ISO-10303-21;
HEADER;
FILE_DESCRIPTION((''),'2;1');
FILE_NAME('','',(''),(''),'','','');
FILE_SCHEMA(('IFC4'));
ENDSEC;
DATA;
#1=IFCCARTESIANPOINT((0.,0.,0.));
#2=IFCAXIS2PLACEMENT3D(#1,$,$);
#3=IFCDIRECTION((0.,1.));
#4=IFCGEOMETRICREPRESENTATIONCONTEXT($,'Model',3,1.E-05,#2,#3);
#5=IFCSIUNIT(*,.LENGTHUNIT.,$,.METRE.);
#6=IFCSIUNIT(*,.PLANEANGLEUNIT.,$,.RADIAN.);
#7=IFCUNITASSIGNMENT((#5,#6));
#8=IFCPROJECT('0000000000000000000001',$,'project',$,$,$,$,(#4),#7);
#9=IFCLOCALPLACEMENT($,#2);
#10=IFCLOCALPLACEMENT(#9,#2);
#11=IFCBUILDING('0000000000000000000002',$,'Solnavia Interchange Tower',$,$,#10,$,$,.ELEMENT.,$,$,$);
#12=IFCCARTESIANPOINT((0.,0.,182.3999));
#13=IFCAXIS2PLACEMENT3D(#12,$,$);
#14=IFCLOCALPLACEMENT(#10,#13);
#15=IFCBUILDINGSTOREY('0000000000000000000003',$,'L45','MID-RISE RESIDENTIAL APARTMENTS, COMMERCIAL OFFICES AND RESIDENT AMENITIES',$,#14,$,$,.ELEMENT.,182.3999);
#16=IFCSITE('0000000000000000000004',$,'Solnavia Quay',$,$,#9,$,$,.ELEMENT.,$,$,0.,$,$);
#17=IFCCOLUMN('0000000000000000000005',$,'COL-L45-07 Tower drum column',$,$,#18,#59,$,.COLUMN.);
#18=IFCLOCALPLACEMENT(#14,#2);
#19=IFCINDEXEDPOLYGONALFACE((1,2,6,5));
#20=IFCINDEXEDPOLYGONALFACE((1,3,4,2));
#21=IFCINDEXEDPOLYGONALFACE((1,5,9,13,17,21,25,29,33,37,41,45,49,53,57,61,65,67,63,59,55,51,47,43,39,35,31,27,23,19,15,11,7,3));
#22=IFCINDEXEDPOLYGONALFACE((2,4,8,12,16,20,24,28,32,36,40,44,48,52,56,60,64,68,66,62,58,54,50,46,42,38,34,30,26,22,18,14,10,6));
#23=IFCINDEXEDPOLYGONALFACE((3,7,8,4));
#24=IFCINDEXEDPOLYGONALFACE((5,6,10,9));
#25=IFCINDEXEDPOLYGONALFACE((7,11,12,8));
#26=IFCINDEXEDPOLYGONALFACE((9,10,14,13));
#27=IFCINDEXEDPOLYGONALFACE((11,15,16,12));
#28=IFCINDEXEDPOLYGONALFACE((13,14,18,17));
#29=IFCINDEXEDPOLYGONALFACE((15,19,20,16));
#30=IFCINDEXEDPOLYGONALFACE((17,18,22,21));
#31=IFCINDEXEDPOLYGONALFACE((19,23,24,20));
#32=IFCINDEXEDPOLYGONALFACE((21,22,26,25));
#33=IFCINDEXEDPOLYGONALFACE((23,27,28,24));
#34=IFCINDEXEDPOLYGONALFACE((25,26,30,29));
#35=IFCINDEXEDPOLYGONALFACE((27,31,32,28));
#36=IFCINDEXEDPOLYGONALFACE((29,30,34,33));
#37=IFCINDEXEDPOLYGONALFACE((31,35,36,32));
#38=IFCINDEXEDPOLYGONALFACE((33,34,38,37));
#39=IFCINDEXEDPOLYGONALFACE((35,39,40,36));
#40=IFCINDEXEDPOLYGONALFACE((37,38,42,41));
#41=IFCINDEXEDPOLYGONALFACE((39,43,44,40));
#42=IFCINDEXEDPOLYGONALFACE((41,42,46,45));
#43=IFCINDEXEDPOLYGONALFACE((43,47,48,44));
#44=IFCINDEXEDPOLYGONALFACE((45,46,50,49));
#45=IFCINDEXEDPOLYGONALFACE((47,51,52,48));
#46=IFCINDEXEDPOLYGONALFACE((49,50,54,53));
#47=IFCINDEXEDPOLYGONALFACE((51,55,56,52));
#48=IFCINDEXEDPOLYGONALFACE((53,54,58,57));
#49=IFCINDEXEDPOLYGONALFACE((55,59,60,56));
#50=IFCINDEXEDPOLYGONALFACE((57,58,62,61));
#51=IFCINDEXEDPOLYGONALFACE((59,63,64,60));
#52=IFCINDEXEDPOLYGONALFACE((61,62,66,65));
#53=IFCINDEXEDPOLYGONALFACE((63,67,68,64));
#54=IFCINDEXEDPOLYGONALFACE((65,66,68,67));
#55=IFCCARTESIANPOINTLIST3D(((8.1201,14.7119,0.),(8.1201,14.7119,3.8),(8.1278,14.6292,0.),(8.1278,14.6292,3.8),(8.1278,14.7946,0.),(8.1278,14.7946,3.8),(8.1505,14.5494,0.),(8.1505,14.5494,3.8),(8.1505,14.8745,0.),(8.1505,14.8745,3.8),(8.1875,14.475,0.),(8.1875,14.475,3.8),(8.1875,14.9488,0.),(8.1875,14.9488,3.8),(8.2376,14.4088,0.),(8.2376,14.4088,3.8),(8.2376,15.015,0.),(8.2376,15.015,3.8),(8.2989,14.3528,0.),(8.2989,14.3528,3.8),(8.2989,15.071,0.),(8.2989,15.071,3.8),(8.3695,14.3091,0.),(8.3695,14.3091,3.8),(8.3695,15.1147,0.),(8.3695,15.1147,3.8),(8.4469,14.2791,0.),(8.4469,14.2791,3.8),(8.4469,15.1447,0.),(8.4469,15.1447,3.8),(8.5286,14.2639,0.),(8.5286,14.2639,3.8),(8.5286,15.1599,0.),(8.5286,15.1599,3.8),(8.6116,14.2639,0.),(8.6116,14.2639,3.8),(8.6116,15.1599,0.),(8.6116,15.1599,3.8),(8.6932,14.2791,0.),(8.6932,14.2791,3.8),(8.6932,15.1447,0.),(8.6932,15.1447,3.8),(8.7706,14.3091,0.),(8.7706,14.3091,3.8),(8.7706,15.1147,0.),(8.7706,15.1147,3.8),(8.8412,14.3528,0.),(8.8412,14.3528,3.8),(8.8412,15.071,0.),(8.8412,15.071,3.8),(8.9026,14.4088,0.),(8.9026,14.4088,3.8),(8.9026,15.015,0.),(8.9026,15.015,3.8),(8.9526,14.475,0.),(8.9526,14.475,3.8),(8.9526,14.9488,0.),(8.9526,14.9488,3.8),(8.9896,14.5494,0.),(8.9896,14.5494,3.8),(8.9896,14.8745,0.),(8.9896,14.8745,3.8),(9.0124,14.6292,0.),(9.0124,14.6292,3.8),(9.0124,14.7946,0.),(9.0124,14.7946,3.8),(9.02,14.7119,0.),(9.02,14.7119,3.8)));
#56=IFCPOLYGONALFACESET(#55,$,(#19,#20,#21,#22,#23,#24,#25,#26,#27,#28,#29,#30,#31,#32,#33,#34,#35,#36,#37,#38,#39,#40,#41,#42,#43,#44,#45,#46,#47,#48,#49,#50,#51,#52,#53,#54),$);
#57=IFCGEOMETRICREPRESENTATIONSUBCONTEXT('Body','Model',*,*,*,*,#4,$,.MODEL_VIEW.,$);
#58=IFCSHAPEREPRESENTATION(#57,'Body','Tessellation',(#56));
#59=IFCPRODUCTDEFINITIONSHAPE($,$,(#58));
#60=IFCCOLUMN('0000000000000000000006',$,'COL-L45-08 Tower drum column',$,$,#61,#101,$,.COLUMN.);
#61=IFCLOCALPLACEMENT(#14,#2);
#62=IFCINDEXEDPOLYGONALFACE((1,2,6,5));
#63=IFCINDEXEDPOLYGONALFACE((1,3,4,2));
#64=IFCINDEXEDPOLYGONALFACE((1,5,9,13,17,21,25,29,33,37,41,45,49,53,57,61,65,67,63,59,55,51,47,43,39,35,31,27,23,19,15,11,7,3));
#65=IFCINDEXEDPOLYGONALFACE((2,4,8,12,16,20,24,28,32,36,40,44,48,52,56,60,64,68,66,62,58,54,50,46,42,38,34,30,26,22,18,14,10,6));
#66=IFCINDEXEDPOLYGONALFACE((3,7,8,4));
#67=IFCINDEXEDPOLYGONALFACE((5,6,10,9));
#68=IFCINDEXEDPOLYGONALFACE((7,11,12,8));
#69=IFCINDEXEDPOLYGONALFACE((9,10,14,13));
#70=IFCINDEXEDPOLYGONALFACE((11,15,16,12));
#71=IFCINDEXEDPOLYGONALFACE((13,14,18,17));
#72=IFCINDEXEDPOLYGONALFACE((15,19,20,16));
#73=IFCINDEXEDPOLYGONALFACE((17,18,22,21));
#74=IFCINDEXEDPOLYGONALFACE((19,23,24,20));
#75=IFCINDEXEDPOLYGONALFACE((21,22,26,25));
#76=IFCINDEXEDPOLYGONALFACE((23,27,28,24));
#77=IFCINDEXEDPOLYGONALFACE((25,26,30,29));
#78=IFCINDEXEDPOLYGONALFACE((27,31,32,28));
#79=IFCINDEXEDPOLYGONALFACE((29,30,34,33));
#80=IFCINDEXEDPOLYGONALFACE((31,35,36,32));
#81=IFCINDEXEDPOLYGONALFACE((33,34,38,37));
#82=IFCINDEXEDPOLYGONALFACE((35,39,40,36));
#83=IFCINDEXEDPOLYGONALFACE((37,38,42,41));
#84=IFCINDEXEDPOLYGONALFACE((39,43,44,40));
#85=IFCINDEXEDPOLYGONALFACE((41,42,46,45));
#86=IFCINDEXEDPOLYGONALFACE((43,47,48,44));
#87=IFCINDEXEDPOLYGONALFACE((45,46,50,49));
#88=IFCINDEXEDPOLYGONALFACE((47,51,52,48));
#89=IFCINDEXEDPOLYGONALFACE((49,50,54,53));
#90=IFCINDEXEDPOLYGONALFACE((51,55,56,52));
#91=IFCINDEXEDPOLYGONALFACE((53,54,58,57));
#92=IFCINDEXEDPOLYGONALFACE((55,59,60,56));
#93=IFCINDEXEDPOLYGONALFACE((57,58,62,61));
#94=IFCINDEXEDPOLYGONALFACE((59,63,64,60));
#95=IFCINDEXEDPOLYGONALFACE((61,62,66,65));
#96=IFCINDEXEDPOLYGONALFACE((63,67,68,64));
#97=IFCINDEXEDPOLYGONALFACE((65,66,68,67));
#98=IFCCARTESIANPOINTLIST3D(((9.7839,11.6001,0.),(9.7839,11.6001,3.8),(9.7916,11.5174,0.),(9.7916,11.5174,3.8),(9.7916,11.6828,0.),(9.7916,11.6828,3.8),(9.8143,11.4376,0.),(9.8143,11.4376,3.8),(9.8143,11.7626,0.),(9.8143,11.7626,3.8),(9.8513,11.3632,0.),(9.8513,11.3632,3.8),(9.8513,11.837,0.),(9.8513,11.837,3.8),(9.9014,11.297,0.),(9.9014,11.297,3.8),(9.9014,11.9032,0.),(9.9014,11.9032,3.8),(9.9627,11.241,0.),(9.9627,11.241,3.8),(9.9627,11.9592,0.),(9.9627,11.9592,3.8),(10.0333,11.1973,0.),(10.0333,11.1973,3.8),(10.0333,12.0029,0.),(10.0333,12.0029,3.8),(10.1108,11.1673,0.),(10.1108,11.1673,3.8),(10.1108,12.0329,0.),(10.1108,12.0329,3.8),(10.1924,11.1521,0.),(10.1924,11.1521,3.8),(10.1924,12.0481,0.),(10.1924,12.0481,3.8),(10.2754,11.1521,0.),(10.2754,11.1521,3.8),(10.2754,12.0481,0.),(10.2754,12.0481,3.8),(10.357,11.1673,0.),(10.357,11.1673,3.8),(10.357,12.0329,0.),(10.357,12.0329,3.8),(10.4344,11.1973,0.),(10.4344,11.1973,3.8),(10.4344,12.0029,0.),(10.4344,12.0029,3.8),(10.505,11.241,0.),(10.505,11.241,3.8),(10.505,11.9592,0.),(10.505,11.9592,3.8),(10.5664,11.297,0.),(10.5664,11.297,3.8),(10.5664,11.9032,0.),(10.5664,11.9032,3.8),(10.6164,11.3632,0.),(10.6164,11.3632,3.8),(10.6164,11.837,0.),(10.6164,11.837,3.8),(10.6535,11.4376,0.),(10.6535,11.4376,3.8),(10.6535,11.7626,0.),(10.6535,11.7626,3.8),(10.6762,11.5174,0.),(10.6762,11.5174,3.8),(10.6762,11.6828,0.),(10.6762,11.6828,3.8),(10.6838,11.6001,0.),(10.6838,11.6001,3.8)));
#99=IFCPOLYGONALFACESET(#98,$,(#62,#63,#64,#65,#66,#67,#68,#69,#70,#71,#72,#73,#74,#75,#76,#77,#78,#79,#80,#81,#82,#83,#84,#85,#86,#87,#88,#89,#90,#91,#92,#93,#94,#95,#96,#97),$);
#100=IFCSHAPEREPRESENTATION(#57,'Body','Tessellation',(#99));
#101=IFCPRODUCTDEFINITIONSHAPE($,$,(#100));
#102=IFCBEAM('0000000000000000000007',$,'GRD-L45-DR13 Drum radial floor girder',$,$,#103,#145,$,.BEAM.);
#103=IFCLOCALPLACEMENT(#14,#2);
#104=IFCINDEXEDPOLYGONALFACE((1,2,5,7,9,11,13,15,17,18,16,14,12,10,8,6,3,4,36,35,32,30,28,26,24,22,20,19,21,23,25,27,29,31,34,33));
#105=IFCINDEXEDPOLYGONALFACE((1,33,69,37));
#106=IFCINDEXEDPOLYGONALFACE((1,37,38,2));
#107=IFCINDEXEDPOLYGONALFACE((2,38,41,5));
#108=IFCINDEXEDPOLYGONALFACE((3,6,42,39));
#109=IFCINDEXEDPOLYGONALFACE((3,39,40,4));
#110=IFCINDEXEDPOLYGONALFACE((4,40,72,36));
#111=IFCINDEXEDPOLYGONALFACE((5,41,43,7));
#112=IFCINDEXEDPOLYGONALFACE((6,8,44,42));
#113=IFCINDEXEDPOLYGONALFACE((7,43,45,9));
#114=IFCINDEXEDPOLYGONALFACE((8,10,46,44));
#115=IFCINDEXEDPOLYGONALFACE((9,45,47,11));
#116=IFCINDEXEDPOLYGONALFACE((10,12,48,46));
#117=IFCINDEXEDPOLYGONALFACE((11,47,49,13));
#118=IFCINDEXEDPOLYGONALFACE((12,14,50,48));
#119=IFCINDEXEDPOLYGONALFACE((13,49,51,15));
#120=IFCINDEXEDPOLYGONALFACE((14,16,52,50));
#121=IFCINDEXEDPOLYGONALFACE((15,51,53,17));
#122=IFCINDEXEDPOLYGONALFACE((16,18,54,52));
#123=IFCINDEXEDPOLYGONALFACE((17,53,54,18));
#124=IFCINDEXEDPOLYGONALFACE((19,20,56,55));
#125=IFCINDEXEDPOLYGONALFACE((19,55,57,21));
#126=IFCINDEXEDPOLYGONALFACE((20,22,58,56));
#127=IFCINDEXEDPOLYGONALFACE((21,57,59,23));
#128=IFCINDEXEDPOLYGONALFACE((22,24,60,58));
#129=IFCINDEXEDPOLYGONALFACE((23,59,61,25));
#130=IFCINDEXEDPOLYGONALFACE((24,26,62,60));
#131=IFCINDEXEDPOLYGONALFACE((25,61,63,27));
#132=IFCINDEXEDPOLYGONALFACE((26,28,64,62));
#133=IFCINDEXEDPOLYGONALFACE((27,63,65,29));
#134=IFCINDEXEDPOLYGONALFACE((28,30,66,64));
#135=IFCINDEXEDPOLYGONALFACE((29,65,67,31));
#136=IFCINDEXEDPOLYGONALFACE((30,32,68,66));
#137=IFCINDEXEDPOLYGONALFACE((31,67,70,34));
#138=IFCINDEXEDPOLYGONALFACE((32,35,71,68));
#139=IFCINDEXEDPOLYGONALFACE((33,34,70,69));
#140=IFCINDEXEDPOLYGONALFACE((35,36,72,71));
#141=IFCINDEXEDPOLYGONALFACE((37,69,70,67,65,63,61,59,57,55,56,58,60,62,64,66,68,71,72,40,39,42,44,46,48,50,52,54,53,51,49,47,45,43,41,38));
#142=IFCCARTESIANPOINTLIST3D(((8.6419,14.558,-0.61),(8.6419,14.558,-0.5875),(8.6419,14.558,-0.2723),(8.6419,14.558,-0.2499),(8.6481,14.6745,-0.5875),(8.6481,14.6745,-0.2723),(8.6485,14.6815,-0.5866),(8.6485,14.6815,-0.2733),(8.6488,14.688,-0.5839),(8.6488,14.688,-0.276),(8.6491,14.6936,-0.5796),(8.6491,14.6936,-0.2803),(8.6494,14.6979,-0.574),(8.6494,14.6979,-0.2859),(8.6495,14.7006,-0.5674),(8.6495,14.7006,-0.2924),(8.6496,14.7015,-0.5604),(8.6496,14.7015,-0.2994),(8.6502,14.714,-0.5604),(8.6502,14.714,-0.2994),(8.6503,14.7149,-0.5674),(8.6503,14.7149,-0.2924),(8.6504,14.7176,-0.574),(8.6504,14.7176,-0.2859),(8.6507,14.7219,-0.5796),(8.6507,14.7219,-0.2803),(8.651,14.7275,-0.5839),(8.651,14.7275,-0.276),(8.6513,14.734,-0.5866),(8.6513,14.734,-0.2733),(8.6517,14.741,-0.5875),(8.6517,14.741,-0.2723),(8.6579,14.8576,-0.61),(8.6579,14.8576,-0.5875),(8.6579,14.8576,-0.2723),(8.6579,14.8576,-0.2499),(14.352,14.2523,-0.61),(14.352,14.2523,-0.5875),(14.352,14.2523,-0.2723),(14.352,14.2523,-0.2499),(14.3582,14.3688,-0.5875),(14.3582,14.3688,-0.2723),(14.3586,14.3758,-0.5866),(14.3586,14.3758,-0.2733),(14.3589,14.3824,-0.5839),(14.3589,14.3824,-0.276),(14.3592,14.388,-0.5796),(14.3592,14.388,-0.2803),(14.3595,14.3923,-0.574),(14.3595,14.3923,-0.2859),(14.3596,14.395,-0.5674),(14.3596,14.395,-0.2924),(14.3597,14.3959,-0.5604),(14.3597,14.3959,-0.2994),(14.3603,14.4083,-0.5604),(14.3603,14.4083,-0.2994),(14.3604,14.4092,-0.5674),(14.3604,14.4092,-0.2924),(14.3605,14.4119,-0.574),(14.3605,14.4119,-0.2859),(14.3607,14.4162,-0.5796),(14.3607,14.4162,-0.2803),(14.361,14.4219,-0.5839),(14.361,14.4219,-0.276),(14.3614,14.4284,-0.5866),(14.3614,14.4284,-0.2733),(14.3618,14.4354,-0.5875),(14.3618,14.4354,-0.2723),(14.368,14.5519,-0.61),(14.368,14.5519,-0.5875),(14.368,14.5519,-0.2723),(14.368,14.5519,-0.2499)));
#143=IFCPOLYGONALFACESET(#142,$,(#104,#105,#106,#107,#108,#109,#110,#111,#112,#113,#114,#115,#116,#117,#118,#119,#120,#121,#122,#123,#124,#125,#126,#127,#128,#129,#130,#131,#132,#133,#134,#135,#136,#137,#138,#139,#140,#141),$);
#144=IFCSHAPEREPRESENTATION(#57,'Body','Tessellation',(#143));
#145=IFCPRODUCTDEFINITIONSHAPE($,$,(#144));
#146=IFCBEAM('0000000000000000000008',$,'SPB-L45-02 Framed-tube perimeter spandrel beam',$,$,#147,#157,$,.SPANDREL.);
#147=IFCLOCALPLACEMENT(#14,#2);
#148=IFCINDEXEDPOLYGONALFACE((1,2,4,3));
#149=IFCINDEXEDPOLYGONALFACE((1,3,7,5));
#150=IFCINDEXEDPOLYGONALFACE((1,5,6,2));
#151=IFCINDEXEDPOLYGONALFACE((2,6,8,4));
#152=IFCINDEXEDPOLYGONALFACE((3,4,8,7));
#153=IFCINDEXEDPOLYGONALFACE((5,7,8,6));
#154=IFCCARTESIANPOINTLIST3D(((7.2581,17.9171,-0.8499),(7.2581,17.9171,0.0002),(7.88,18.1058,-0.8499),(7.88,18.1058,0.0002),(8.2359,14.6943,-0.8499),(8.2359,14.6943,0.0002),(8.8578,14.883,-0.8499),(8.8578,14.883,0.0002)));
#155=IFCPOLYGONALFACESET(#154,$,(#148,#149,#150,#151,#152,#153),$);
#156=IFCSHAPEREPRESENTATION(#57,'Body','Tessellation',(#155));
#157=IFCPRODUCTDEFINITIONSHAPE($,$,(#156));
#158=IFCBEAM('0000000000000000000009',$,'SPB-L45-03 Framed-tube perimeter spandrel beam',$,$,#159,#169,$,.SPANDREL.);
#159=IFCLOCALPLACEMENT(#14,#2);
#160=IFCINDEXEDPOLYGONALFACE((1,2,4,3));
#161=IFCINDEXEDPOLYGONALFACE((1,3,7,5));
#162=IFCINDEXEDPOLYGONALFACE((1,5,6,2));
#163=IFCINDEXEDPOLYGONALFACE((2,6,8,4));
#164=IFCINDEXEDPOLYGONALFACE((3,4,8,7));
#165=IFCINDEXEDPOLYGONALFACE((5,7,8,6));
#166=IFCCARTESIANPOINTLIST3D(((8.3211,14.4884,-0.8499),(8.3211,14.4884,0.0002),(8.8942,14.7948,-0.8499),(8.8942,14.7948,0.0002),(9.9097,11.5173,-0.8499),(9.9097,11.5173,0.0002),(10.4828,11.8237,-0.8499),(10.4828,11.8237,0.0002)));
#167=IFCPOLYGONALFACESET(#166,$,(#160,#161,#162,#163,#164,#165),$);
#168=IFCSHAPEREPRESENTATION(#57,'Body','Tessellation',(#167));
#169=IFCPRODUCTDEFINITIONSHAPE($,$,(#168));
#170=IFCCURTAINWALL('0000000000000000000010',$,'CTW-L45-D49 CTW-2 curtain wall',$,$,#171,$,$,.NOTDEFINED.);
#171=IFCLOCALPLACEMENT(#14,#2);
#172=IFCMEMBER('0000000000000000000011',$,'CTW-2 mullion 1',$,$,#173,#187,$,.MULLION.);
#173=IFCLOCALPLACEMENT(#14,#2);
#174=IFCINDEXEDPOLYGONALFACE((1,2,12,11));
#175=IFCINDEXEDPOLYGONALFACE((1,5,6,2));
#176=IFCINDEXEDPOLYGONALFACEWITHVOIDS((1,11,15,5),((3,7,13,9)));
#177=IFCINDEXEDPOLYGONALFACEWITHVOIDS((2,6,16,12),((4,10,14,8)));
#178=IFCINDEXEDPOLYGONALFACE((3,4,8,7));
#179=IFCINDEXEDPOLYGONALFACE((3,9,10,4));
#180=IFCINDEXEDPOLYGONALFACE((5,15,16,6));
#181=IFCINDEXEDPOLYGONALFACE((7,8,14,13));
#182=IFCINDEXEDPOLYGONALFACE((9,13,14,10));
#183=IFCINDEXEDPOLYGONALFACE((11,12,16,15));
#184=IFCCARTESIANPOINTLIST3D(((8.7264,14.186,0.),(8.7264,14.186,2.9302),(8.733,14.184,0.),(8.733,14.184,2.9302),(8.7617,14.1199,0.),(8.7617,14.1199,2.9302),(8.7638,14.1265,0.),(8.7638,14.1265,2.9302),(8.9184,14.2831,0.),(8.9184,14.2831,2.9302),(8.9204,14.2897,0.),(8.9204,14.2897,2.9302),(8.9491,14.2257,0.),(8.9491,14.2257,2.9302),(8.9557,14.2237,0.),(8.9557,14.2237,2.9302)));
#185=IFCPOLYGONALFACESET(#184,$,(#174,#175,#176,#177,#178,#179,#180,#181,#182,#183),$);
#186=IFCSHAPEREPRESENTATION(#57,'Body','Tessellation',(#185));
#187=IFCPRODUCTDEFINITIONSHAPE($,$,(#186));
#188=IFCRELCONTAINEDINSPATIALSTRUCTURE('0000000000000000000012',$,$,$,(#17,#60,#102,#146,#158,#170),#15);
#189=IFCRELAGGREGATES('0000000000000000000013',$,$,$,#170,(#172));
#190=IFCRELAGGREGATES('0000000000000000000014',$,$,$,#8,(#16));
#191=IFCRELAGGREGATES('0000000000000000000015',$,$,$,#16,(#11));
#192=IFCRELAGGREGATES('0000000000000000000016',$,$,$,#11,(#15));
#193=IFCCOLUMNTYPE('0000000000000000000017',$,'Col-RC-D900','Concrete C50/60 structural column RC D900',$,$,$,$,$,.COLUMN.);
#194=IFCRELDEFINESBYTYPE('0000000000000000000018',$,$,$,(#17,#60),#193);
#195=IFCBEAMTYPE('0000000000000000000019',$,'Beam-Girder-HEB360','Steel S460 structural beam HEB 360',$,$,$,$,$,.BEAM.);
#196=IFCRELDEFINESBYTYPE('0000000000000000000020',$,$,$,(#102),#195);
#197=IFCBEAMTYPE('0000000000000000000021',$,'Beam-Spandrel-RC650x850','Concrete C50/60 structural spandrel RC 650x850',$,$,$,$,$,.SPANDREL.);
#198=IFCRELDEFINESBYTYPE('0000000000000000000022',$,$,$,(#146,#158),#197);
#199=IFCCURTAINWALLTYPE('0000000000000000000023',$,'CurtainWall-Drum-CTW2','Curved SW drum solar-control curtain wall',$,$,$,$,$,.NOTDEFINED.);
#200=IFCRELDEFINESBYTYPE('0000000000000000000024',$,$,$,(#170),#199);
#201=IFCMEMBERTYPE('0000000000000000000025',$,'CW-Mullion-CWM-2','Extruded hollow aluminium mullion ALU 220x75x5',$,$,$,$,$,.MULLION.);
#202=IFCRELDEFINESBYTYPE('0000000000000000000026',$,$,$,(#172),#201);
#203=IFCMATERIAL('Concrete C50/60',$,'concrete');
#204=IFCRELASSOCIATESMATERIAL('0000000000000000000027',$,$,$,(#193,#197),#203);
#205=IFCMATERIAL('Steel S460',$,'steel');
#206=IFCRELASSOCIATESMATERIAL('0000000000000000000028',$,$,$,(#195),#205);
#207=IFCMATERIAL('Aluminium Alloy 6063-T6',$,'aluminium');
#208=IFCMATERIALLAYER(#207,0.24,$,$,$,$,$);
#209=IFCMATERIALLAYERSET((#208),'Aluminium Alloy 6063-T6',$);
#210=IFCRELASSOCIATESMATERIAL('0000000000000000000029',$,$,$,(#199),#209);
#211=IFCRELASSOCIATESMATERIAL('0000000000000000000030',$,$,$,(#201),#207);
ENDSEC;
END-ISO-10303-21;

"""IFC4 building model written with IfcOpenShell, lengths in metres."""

from ifc_helpers import new_model, si_unit, direction, frame, origin, origin_2d, place, context, subcontext, project, spatial, rectangle, hollow_rectangle, circle, i_section, extrude, material, layer, layer_set, material_profile, profile_set, type_object, element, aggregate, save


model = new_model("IFC4")

# Units and contexts
model_context = context("Model", 3, precision=1e-05, world=origin(), true_north=direction((0.0, 1.0)))
body_context = subcontext(model_context, "Body", "Model", "MODEL_VIEW")
ifc_project = project(units=[si_unit("LENGTHUNIT", "METRE"), si_unit("PLANEANGLEUNIT", "RADIAN")], contexts=[model_context])

# Site, building, storey
site_placement = place(None, origin())
site = spatial("IfcSite", under=ifc_project, at=site_placement, Name="Solnavia Quay", CompositionType="ELEMENT", RefElevation=0.0)
building_placement = place(site_placement, origin())
building = spatial("IfcBuilding", under=site, at=building_placement, Name="Solnavia Interchange Tower", CompositionType="ELEMENT")
storey_placement = place(building_placement, frame((0.0, 0.0, 182.3999)))
storey = spatial("IfcBuildingStorey", under=building, at=storey_placement, Name="L45", Description="MID-RISE RESIDENTIAL APARTMENTS, COMMERCIAL OFFICES AND RESIDENT AMENITIES", CompositionType="ELEMENT", Elevation=182.3999)

# Columns
ifc_material_1 = material(Name="Concrete C50/60", Category="concrete")
ifc_material_profile_1 = material_profile(ifc_material_1, circle(Radius=0.45, at=origin_2d()), Name="RC D900")
ifc_profile_set_1 = profile_set([ifc_material_profile_1], Name="Concrete C50/60")
column_type = type_object("IfcColumnType", Name="Col-RC-D900", Description="Concrete C50/60 structural column RC D900", PredefinedType="COLUMN", material=ifc_profile_set_1)
for number, where, z_axis, x_axis, name in (
    (1, (8.5701, 14.7119, 0.0), (0.0, 0.0, 1.0), (1.0, 0.0, 0.0), "COL-L45-07 Tower drum column"),
    (2, (10.2339, 11.6001, 0.0), (0.0, 0.0, 1.0), (1.0, 0.0, 0.0), "COL-L45-08 Tower drum column"),
):
    element("IfcColumn", number, at=place(storey_placement, frame(where, z_axis=z_axis, x_axis=x_axis)), inside=storey, type_object=column_type, Name=name, PredefinedType="COLUMN", context=body_context, shape_type="SweptSolid", body=[
        extrude(circle(Radius=0.45, at=origin_2d()), origin(), (0.0, 0.0, 1.0), 3.8),
    ])

# Beams
ifc_material_2 = material(Name="Steel S460", Category="steel")
ifc_material_profile_2 = material_profile(ifc_material_2, i_section(OverallWidth=0.3, OverallDepth=0.3601, WebThickness=0.0125, FlangeThickness=0.0225, FilletRadius=0.0271, at=origin_2d()), Name="HEB 360")
ifc_profile_set_2 = profile_set([ifc_material_profile_2], Name="Steel S460")
beam_type_1 = type_object("IfcBeamType", Name="Beam-Girder-HEB360", Description="Steel S460 structural beam HEB 360", PredefinedType="BEAM", material=ifc_profile_set_2)
beam_1_placement = place(storey_placement, frame((8.6499, 14.7078, -0.4299), z_axis=(0.99857, -0.053453, 0.0), x_axis=(0.053453, 0.99857, 0.0)))
element("IfcBeam", 3, at=beam_1_placement, inside=storey, type_object=beam_type_1, Name="GRD-L45-DR13 Drum radial floor girder", PredefinedType="BEAM", context=body_context, shape_type="SweptSolid", body=[
    extrude(i_section(OverallWidth=0.3, OverallDepth=0.3601, WebThickness=0.0125, FlangeThickness=0.0225, FilletRadius=0.0271, at=origin_2d()), origin(), (0.0, 0.0, 1.0), 5.7183),
])
ifc_material_profile_3 = material_profile(ifc_material_1, rectangle(XDim=0.6499, YDim=0.8501, at=origin_2d()), Name="RC 650x850")
ifc_profile_set_3 = profile_set([ifc_material_profile_3], Name="Concrete C50/60")
beam_type_2 = type_object("IfcBeamType", Name="Beam-Spandrel-RC650x850", Description="Concrete C50/60 structural spandrel RC 650x850", PredefinedType="SPANDREL", material=ifc_profile_set_3)
beam_2_placement = place(storey_placement, frame((7.5691, 18.0115, -0.4248), z_axis=(0.290319, -0.95693, 0.0), x_axis=(0.95693, 0.290319, 0.0)))
element("IfcBeam", 4, at=beam_2_placement, inside=storey, type_object=beam_type_2, Name="SPB-L45-02 Framed-tube perimeter spandrel beam", PredefinedType="SPANDREL", context=body_context, shape_type="SweptSolid", body=[
    extrude(rectangle(XDim=0.6499, YDim=0.8501, at=origin_2d()), origin(), (0.0, 0.0, 1.0), 3.3679),
])
beam_3_placement = place(storey_placement, frame((8.6077, 14.6416, -0.4248), z_axis=(0.471509, -0.881861, 0.0), x_axis=(0.881861, 0.471509, 0.0)))
element("IfcBeam", 5, at=beam_3_placement, inside=storey, type_object=beam_type_2, Name="SPB-L45-03 Framed-tube perimeter spandrel beam", PredefinedType="SPANDREL", context=body_context, shape_type="SweptSolid", body=[
    extrude(rectangle(XDim=0.6499, YDim=0.8501, at=origin_2d()), origin(), (0.0, 0.0, 1.0), 3.3691),
])

# Curtain wall, member
ifc_material_3 = material(Name="Aluminium Alloy 6063-T6", Category="aluminium")
ifc_layer_1 = layer(ifc_material_3, 0.24)
ifc_layer_set_1 = layer_set([ifc_layer_1], Name="Aluminium Alloy 6063-T6")
curtain_wall_type = type_object("IfcCurtainWallType", Name="CurtainWall-Drum-CTW2", Description="Curved SW drum solar-control curtain wall", PredefinedType="NOTDEFINED", material=ifc_layer_set_1)
curtain_wall_placement = place(storey_placement, origin())
curtain_wall = element("IfcCurtainWall", 6, at=curtain_wall_placement, inside=storey, type_object=curtain_wall_type, Name="CTW-L45-D49 CTW-2 curtain wall", PredefinedType="NOTDEFINED")
ifc_material_profile_4 = material_profile(ifc_material_3, hollow_rectangle(XDim=0.075, YDim=0.22, WallThickness=0.0049, at=origin_2d()), Name="ALU 220x75x5")
ifc_profile_set_4 = profile_set([ifc_material_profile_4], Name="Aluminium Alloy 6063-T6")
member_type_1 = type_object("IfcMemberType", Name="CW-Mullion-CWM-2", Description="Extruded hollow aluminium mullion ALU 220x75x5", PredefinedType="MULLION", material=ifc_profile_set_4)
member_1_placement = place(storey_placement, frame((8.8411, 14.2048, 0.0), z_axis=(0.0, 0.0, 1.0), x_axis=(0.471561, -0.881834, 0.0)))
member_1 = element("IfcMember", 7, at=member_1_placement, type_object=member_type_1, Name="CTW-2 mullion 1", PredefinedType="MULLION", context=body_context, shape_type="SweptSolid", body=[
    extrude(hollow_rectangle(XDim=0.075, YDim=0.22, WallThickness=0.0049, at=origin_2d()), origin(), (0.0, 0.0, 1.0), 2.9302),
])
aggregate(curtain_wall, [member_1])

save(model, "model.ifc")
